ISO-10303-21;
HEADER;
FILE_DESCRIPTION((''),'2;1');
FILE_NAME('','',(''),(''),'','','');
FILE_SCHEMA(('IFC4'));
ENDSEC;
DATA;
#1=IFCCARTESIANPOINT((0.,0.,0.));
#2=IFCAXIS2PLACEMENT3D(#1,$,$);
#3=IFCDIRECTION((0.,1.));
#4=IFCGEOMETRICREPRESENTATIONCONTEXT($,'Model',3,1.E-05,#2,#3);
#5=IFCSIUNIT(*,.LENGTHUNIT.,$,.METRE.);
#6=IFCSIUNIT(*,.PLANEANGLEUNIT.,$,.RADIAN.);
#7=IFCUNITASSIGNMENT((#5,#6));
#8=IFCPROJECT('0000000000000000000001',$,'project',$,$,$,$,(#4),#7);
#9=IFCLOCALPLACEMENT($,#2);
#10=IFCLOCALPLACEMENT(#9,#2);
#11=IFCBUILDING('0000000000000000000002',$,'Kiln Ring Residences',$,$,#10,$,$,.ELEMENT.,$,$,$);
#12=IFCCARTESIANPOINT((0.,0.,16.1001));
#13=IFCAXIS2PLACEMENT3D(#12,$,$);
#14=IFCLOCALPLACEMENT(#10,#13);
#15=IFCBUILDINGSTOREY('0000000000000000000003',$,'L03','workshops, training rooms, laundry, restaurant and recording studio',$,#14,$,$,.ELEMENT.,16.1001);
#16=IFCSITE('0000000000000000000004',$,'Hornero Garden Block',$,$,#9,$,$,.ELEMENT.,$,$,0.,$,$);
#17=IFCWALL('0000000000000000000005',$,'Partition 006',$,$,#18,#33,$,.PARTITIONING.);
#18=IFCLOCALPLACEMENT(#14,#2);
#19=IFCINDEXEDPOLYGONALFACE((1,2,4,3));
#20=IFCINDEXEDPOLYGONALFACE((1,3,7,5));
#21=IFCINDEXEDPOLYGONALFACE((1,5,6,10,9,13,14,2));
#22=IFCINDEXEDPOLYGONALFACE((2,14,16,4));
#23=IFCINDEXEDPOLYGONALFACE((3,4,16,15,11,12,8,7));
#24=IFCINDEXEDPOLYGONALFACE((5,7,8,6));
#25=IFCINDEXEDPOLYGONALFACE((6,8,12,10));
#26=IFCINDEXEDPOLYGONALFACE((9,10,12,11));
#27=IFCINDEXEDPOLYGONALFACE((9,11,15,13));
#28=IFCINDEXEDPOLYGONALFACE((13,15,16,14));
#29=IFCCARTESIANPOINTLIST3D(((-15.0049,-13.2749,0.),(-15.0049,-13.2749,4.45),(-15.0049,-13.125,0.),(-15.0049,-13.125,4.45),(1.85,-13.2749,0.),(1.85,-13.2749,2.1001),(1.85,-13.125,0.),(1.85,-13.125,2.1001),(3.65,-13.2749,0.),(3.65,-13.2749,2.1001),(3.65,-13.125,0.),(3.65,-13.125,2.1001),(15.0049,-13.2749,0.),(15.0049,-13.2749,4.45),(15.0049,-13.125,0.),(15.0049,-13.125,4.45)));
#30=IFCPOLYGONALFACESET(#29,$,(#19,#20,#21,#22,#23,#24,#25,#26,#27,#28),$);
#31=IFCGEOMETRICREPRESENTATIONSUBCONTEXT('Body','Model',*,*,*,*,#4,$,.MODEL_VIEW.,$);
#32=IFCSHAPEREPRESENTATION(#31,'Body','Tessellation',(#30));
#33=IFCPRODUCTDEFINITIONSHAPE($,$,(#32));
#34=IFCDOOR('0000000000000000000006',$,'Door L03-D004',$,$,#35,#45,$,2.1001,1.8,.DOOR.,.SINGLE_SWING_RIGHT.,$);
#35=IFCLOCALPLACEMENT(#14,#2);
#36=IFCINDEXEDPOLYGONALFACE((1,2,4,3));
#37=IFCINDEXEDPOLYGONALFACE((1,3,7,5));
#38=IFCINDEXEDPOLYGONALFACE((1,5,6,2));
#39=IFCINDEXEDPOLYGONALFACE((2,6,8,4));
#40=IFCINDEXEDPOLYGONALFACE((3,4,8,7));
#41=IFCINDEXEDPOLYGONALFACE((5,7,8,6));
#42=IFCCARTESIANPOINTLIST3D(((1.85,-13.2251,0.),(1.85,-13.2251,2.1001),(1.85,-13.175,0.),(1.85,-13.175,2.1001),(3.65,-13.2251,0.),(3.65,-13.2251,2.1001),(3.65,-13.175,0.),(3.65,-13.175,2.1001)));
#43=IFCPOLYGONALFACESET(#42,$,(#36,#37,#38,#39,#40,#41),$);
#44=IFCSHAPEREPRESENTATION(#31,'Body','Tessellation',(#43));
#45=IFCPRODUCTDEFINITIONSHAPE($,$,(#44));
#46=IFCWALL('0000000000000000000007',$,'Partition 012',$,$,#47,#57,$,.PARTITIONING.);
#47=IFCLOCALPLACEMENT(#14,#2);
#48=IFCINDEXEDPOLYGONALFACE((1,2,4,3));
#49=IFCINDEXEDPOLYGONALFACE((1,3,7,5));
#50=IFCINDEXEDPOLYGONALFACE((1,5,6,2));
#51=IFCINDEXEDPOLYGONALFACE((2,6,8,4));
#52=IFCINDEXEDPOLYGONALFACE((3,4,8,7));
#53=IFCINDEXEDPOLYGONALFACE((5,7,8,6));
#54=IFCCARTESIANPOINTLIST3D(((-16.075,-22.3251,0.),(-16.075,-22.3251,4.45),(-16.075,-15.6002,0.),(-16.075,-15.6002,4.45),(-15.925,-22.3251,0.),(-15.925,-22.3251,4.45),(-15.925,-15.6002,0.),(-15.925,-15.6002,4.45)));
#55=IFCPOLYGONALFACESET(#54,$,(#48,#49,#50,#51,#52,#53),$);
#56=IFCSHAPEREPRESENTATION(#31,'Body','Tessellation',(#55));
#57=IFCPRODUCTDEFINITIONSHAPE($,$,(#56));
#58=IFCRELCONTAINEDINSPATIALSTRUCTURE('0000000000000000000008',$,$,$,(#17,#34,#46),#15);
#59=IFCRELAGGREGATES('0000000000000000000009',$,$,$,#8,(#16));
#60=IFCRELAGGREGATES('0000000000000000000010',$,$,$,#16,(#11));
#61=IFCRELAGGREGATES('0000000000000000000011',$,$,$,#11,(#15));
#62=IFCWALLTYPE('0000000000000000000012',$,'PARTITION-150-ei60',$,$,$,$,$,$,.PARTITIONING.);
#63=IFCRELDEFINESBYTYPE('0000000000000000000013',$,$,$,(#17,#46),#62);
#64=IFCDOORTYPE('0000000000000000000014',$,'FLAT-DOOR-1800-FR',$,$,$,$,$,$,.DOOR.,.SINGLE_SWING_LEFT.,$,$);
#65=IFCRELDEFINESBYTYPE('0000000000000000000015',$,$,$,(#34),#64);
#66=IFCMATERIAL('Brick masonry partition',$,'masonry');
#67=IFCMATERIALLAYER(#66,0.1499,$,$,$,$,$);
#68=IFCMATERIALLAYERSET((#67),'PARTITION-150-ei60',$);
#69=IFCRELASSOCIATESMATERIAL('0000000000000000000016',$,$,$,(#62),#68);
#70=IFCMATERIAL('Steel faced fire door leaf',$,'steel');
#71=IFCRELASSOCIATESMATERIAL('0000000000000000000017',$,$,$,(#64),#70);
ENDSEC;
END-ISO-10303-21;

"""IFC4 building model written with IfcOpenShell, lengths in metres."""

from ifc_helpers import new_model, si_unit, direction, frame, frame_2d, origin, place, context, subcontext, project, spatial, rectangle, extrude, material, layer, layer_set, type_object, element, fill, save


model = new_model("IFC4")

# Units and contexts
model_context = context("Model", 3, precision=1e-05, world=origin(), true_north=direction((0.0, 1.0)))
body_context = subcontext(model_context, "Body", "Model", "MODEL_VIEW")
ifc_project = project(units=[si_unit("LENGTHUNIT", "METRE"), si_unit("PLANEANGLEUNIT", "RADIAN")], contexts=[model_context])

# Site, building, storey
site_placement = place(None, origin())
site = spatial("IfcSite", under=ifc_project, at=site_placement, Name="Hornero Garden Block", CompositionType="ELEMENT", RefElevation=0.0)
building_placement = place(site_placement, origin())
building = spatial("IfcBuilding", under=site, at=building_placement, Name="Kiln Ring Residences", CompositionType="ELEMENT")
storey_placement = place(building_placement, frame((0.0, 0.0, 16.1001)))
storey = spatial("IfcBuildingStorey", under=building, at=storey_placement, Name="L03", Description="workshops, training rooms, laundry, restaurant and recording studio", CompositionType="ELEMENT", Elevation=16.1001)

# Shared definitions
ifc_material_1 = material(Name="Brick masonry partition", Category="masonry")
ifc_layer = layer(ifc_material_1, 0.1499)
ifc_layer_set = layer_set([ifc_layer], Name="PARTITION-150-ei60")
wall_type = type_object("IfcWallType", Name="PARTITION-150-ei60", PredefinedType="PARTITIONING", material=ifc_layer_set)

# Wall, opening, door
wall_1_placement = place(storey_placement, frame((-15.0049, -13.2, 0.0), z_axis=(0.0, 0.0, 1.0), x_axis=(1.0, 0.0, 0.0)))
wall_1 = element("IfcWall", 1, at=wall_1_placement, inside=storey, type_object=wall_type, Name="Partition 006", PredefinedType="PARTITIONING", context=body_context, shape_type="SweptSolid", body=[
    extrude(rectangle(XDim=30.0098, YDim=0.1499, at=frame_2d((15.0049, 0.0))), origin(), (0.0, 0.0, 1.0), 4.45),
])
opening_1_placement = place(wall_1_placement, frame((16.855, 0.0, 0.0)))
opening_1 = element("IfcOpeningElement", 2, at=opening_1_placement, cuts=wall_1, PredefinedType="OPENING", context=body_context, shape_type="SweptSolid", body=[
    extrude(rectangle(XDim=1.8, YDim=2.1001, at=frame_2d((0.8999, 1.05))), frame((0.0, 0.085, 0.0), z_axis=(0.0, -1.0, 0.0), x_axis=(1.0, 0.0, 0.0)), (0.0, 0.0, 1.0), 0.1699),
])
ifc_material_2 = material(Name="Steel faced fire door leaf", Category="steel")
door_type_1 = type_object("IfcDoorType", Name="FLAT-DOOR-1800-FR", OperationType="SINGLE_SWING_LEFT", PredefinedType="DOOR", material=ifc_material_2)
door_1_placement = place(opening_1_placement, origin())
door_1 = element("IfcDoor", 3, at=door_1_placement, inside=storey, type_object=door_type_1, Name="Door L03-D004", OperationType="SINGLE_SWING_RIGHT", OverallHeight=2.1001, OverallWidth=1.8, PredefinedType="DOOR", context=body_context, shape_type="SweptSolid", body=[
    extrude(rectangle(XDim=1.8, YDim=2.1001, at=frame_2d((0.8999, 1.05))), frame((0.0, 0.0249, 0.0), z_axis=(0.0, -1.0, 0.0), x_axis=(1.0, 0.0, 0.0)), (0.0, 0.0, 1.0), 0.05),
])
fill(opening_1, door_1)

# Wall
wall_2_placement = place(storey_placement, frame((-16.0, -22.325, 0.0), z_axis=(0.0, 0.0, 1.0), x_axis=(0.0, 1.0, 0.0)))
element("IfcWall", 4, at=wall_2_placement, inside=storey, type_object=wall_type, Name="Partition 012", PredefinedType="PARTITIONING", context=body_context, shape_type="SweptSolid", body=[
    extrude(rectangle(XDim=6.7249, YDim=0.1499, at=frame_2d((3.3623, 0.0))), origin(), (0.0, 0.0, 1.0), 4.45),
])

save(model, "model.ifc")
